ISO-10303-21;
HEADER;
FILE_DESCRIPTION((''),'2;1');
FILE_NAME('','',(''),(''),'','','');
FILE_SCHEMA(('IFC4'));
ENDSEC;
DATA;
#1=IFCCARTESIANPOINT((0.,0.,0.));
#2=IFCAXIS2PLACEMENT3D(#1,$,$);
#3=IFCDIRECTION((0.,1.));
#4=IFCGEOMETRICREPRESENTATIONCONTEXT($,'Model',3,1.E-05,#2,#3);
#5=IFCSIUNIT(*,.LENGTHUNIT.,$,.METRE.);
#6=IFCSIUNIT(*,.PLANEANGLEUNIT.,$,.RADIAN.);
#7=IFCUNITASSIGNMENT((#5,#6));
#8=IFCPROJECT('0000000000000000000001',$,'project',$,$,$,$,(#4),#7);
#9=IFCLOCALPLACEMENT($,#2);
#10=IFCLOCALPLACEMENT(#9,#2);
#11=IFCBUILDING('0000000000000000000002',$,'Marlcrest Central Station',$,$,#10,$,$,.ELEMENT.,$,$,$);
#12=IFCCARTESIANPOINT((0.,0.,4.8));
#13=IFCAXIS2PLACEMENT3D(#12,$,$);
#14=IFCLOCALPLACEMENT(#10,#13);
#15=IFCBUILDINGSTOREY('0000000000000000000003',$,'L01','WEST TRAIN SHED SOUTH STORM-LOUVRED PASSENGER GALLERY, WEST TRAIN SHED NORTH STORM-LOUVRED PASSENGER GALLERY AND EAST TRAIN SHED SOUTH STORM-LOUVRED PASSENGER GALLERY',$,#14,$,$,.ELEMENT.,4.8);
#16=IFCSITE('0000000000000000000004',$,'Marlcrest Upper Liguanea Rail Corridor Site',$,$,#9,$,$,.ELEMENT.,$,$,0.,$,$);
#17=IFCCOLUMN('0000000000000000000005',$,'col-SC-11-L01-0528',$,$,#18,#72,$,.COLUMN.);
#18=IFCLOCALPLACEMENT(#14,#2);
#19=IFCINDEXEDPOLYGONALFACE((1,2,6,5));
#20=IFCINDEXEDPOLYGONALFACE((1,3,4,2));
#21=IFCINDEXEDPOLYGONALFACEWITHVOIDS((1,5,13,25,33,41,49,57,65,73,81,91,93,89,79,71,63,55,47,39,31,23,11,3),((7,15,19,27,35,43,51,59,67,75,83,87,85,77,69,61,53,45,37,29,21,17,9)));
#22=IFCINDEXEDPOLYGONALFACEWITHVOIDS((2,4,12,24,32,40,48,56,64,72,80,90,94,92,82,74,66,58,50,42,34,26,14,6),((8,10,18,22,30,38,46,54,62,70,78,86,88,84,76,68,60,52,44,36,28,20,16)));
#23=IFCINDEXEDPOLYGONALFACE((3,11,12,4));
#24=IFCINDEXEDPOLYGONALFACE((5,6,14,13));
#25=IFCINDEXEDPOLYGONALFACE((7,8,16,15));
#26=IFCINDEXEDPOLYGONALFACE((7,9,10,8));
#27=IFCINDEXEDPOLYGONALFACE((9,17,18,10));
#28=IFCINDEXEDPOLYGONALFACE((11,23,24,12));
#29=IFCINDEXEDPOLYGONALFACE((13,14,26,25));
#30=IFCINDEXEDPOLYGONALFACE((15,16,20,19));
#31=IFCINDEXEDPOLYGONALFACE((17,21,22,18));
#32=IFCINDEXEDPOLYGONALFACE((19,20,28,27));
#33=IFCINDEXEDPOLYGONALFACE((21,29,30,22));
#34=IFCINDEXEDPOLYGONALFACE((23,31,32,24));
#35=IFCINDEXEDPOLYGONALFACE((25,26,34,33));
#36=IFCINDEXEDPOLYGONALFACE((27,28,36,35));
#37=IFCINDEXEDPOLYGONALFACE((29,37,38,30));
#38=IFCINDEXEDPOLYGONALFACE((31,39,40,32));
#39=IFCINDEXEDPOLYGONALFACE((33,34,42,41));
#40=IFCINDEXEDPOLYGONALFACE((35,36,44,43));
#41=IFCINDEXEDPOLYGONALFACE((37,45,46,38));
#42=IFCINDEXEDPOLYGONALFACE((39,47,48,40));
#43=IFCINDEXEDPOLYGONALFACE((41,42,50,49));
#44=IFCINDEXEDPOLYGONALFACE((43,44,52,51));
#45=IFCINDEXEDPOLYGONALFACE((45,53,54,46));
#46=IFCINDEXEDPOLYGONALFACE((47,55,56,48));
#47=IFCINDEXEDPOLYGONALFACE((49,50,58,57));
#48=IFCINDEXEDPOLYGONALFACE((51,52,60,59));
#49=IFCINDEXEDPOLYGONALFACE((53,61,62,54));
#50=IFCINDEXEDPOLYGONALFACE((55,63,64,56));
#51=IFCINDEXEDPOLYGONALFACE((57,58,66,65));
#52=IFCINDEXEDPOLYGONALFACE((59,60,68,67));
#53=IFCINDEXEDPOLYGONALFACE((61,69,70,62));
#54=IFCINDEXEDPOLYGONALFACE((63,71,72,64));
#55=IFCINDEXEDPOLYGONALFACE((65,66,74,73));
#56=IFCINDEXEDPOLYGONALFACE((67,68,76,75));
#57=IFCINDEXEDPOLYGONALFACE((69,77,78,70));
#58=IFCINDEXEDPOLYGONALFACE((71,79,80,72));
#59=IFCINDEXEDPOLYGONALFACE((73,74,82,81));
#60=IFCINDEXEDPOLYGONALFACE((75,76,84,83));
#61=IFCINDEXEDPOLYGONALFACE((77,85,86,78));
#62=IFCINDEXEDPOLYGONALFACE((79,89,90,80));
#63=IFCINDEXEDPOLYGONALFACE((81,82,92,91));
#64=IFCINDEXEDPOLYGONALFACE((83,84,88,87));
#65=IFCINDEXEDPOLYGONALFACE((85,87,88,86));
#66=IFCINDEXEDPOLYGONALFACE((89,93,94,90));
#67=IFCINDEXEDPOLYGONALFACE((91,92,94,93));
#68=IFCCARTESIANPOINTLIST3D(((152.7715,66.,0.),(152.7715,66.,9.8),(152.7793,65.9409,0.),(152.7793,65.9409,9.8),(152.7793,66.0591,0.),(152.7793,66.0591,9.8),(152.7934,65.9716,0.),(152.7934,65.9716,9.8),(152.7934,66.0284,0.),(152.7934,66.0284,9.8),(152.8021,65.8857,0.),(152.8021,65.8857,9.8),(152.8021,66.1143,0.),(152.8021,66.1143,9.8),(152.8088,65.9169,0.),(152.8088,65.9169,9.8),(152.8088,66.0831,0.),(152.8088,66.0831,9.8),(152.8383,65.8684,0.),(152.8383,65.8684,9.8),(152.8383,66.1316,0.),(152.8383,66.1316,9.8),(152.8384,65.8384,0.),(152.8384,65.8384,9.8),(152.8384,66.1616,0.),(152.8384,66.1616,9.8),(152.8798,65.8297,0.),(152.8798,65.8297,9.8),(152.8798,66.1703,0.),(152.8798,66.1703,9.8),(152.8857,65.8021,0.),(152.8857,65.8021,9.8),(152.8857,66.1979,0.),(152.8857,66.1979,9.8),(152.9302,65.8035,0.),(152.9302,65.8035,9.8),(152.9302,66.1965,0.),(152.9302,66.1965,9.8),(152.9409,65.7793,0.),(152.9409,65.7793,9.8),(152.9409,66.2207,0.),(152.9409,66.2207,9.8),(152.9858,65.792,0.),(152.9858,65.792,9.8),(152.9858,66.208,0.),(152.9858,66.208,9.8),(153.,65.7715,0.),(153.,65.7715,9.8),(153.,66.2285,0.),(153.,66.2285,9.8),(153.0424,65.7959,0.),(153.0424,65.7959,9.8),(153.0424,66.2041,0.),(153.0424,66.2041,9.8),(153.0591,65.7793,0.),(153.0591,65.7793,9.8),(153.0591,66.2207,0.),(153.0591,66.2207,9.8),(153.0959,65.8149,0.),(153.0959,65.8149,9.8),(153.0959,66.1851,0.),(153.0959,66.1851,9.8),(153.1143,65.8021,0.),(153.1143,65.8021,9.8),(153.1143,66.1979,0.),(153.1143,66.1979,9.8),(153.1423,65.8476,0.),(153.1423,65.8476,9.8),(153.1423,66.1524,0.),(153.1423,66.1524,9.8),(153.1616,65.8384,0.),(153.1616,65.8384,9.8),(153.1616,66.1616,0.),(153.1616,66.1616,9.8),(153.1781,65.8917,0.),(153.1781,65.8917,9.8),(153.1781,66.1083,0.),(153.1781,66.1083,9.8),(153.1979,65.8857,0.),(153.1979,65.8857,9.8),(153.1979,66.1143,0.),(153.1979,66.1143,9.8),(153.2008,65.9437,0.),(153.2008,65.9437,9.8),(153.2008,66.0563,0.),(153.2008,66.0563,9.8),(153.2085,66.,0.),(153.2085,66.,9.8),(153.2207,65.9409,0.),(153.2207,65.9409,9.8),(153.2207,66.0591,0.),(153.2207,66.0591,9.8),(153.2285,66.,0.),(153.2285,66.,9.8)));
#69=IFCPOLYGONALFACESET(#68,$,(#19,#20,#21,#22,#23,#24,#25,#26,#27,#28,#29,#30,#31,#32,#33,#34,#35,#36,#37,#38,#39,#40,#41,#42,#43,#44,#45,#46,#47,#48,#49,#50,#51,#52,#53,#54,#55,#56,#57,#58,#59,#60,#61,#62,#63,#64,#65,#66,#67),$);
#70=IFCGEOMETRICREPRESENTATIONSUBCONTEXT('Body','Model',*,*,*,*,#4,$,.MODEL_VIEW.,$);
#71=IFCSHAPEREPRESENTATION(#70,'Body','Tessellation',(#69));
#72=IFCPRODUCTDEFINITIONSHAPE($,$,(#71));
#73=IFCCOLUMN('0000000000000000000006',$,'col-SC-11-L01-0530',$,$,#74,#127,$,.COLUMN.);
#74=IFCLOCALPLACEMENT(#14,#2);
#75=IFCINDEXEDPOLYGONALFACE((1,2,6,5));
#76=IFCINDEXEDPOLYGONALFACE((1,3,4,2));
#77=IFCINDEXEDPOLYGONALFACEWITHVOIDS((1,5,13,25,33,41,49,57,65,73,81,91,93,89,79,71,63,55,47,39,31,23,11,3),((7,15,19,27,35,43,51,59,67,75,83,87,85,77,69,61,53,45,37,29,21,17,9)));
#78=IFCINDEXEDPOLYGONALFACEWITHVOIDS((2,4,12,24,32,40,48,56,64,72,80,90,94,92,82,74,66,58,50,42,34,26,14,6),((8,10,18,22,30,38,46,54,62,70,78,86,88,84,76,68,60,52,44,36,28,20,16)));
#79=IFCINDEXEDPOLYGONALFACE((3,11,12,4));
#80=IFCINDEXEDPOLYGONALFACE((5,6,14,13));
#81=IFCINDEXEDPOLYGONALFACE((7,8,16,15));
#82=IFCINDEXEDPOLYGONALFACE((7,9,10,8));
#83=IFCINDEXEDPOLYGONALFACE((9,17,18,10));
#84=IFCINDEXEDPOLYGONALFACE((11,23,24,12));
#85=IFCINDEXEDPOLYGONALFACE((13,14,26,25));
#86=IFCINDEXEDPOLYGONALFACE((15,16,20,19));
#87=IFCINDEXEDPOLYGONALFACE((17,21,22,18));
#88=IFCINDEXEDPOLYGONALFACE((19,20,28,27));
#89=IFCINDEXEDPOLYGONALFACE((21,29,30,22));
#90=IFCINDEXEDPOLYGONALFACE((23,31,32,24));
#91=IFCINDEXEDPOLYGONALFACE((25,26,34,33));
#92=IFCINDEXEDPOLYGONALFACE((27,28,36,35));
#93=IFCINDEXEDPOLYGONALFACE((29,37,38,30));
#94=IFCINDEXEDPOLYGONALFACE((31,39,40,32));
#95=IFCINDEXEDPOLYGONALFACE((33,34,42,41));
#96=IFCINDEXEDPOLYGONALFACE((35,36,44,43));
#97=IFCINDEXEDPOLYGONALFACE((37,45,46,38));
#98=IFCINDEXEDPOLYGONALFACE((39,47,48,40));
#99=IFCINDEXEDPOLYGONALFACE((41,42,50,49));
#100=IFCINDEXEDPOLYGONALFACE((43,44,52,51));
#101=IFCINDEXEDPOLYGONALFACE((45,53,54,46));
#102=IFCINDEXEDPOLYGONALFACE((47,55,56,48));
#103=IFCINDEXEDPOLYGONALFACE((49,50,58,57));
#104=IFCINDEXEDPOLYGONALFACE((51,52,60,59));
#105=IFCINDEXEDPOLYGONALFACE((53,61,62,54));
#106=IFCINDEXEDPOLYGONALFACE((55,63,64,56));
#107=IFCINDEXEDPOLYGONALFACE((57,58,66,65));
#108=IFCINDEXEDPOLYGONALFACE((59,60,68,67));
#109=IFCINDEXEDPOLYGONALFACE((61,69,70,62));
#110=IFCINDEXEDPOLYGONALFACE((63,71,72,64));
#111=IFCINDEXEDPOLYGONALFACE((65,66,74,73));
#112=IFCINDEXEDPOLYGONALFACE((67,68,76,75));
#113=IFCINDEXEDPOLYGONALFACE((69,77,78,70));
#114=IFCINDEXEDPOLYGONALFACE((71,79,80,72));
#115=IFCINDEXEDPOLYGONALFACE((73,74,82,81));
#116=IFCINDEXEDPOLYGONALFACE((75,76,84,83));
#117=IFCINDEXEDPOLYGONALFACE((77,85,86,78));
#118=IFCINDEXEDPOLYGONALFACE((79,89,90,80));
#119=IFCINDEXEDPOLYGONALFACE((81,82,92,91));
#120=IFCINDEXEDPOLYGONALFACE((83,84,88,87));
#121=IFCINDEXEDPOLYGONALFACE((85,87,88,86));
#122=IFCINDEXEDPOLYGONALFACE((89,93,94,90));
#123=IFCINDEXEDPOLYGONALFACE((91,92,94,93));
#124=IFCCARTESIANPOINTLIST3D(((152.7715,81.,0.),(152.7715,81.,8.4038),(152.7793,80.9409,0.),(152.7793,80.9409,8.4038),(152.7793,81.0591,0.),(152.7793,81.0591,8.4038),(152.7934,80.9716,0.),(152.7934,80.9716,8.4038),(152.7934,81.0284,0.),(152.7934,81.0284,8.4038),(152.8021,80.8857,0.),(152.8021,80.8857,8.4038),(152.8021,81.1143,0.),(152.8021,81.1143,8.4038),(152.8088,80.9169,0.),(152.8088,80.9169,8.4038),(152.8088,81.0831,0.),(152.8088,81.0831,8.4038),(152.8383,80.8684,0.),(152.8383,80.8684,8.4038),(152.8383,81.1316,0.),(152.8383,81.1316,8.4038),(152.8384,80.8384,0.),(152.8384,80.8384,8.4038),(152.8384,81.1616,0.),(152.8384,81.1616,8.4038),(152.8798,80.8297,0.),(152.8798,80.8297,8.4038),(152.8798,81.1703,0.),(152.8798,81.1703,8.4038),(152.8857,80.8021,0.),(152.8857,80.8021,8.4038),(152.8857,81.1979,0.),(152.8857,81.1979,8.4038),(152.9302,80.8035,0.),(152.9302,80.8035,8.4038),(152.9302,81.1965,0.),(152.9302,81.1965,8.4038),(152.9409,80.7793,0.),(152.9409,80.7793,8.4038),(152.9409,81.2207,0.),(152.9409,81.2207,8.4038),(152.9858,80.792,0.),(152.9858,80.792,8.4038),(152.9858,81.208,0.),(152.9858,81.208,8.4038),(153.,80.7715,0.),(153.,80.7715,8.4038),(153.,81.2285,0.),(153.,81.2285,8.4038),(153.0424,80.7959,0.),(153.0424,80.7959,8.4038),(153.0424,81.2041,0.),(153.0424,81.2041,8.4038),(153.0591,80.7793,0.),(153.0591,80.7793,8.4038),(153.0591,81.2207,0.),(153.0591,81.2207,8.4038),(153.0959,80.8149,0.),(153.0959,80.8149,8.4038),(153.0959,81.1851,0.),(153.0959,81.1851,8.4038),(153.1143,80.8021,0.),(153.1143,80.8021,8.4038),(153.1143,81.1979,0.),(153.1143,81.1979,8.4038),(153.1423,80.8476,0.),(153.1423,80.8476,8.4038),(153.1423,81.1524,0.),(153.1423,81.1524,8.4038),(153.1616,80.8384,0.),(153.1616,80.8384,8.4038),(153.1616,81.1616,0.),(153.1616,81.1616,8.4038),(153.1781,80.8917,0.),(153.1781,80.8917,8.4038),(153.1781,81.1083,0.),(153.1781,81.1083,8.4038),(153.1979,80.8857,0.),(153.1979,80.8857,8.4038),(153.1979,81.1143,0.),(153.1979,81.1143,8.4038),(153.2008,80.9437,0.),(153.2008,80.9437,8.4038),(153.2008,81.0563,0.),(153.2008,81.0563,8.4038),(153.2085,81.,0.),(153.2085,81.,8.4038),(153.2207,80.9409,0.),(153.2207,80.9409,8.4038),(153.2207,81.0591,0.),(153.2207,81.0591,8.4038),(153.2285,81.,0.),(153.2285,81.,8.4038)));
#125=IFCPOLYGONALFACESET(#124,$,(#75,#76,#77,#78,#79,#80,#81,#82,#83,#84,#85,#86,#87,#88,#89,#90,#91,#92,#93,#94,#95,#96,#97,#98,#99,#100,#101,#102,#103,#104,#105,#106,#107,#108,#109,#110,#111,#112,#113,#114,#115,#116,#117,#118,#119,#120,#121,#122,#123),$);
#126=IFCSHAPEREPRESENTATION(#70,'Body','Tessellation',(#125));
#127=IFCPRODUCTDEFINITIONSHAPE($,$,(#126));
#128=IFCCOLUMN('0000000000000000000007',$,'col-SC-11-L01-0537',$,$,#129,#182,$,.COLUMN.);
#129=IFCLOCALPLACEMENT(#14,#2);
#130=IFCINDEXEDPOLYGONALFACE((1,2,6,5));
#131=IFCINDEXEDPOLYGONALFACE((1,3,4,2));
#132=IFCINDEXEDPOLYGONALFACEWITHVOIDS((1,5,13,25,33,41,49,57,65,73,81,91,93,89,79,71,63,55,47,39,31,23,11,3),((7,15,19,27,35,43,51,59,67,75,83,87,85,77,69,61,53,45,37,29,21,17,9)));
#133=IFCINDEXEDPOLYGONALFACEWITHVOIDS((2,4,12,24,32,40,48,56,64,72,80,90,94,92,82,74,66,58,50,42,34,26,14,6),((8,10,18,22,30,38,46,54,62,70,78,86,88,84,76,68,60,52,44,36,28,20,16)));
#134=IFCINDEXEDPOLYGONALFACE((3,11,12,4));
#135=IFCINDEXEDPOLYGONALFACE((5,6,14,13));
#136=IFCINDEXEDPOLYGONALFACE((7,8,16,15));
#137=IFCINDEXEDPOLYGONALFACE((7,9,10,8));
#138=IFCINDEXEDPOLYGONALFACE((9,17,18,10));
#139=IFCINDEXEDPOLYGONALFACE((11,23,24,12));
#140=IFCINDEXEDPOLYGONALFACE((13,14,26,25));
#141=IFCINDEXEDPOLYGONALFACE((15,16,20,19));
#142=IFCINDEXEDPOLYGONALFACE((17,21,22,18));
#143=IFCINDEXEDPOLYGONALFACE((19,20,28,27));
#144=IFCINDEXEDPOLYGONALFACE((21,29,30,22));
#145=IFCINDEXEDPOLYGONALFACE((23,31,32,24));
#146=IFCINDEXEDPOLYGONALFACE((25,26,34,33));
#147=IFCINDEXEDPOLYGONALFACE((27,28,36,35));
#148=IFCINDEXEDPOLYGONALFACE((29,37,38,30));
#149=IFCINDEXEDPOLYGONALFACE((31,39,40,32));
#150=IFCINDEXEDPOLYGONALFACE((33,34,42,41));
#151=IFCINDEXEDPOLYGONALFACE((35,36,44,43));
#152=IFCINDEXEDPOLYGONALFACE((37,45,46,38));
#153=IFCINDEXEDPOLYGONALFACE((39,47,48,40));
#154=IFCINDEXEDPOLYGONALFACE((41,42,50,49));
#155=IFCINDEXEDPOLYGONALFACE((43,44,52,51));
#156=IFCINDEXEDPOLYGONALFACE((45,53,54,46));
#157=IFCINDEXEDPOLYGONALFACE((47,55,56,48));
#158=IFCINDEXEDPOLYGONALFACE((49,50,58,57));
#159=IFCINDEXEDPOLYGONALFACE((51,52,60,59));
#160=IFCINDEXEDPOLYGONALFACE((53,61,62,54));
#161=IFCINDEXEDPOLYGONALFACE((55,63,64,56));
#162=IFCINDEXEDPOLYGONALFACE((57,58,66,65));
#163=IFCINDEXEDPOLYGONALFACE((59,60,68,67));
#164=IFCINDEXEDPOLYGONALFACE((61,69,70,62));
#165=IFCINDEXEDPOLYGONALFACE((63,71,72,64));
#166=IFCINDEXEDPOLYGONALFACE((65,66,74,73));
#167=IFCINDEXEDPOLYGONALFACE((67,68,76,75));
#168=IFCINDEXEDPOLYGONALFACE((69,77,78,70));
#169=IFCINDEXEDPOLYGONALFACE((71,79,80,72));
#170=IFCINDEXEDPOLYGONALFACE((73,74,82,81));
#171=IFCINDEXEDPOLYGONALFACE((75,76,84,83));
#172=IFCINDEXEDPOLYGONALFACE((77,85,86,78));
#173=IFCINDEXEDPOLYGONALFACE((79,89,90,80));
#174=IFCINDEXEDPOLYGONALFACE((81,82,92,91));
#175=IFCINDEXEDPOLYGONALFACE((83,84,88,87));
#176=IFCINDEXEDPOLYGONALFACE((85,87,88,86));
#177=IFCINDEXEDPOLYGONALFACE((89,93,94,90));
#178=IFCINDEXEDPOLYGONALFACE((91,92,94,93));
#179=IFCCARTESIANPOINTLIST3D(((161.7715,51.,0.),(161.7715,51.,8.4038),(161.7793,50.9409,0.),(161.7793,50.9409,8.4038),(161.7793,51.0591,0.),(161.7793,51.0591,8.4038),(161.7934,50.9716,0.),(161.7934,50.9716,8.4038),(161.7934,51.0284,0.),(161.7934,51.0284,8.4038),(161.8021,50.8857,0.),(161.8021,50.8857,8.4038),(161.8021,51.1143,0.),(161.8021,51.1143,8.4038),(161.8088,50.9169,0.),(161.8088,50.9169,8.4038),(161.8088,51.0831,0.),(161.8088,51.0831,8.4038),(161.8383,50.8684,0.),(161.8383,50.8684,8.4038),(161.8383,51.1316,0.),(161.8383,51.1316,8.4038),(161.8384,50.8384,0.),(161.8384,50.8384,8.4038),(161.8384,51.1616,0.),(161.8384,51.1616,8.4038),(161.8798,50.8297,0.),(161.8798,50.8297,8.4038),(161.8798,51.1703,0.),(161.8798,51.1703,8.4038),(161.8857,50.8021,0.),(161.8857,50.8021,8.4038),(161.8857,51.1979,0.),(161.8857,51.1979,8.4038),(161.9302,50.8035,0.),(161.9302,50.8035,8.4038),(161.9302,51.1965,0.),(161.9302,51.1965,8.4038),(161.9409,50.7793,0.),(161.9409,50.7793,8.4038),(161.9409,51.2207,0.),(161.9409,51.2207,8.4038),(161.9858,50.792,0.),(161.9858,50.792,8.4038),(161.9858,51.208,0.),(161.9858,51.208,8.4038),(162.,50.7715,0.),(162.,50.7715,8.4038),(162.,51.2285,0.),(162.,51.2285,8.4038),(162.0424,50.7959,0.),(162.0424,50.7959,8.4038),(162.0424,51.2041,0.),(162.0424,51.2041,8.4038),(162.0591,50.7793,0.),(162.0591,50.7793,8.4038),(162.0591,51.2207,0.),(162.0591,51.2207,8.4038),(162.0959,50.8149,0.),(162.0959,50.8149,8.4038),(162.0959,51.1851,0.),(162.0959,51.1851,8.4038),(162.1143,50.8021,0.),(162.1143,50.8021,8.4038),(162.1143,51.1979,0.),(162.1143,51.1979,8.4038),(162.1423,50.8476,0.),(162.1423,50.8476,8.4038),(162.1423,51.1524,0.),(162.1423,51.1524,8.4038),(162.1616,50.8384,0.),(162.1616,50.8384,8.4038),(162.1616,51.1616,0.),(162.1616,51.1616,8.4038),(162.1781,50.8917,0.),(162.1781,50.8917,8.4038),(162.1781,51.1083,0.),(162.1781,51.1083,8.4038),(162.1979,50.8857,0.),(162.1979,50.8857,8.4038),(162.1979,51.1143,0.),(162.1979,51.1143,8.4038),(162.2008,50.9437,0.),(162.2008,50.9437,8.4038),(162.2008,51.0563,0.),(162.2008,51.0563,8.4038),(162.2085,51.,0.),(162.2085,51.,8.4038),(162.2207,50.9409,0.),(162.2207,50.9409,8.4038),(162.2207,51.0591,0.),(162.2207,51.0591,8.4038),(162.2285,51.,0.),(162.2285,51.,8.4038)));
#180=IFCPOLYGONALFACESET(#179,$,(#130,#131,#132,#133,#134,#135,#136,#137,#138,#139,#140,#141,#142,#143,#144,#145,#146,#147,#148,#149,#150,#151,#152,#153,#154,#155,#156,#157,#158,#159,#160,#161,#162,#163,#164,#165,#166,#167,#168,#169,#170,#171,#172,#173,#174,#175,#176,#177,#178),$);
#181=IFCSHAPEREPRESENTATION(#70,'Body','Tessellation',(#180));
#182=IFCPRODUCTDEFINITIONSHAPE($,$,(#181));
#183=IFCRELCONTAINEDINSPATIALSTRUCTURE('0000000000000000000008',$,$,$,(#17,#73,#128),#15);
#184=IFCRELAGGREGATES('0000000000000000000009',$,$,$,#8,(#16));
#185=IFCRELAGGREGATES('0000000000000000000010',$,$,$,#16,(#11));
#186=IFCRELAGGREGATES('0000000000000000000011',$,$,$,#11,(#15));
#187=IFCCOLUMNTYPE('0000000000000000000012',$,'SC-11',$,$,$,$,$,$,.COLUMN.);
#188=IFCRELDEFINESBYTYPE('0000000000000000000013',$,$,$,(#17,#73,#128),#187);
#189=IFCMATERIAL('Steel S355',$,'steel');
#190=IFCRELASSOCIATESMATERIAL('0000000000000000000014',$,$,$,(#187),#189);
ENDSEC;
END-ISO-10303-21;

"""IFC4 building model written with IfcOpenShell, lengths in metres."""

from ifc_helpers import new_model, si_unit, direction, frame, origin, origin_2d, place, context, subcontext, project, spatial, hollow_circle, extrude, material, material_profile, profile_set, type_object, element, save


model = new_model("IFC4")

# Units and contexts
model_context = context("Model", 3, precision=1e-05, world=origin(), true_north=direction((0.0, 1.0)))
body_context = subcontext(model_context, "Body", "Model", "MODEL_VIEW")
ifc_project = project(units=[si_unit("LENGTHUNIT", "METRE"), si_unit("PLANEANGLEUNIT", "RADIAN")], contexts=[model_context])

# Site, building, storey
site_placement = place(None, origin())
site = spatial("IfcSite", under=ifc_project, at=site_placement, Name="Marlcrest Upper Liguanea Rail Corridor Site", CompositionType="ELEMENT", RefElevation=0.0)
building_placement = place(site_placement, origin())
building = spatial("IfcBuilding", under=site, at=building_placement, Name="Marlcrest Central Station", CompositionType="ELEMENT")
storey_placement = place(building_placement, frame((0.0, 0.0, 4.8)))
storey = spatial("IfcBuildingStorey", under=building, at=storey_placement, Name="L01", Description="WEST TRAIN SHED SOUTH STORM-LOUVRED PASSENGER GALLERY, WEST TRAIN SHED NORTH STORM-LOUVRED PASSENGER GALLERY AND EAST TRAIN SHED SOUTH STORM-LOUVRED PASSENGER GALLERY", CompositionType="ELEMENT", Elevation=4.8)

# Columns
ifc_material = material(Name="Steel S355", Category="steel")
ifc_material_profile = material_profile(ifc_material, hollow_circle(Radius=0.2285, WallThickness=0.02, at=origin_2d()), Name="CHS 457x20")
ifc_profile_set = profile_set([ifc_material_profile], Name="Steel S355")
column_type = type_object("IfcColumnType", Name="SC-11", PredefinedType="COLUMN", material=ifc_profile_set)
column_1_placement = place(storey_placement, frame((153.0, 66.0, 0.0), z_axis=(0.0, 0.0, 1.0), x_axis=(1.0, 0.0, 0.0)))
element("IfcColumn", 1, at=column_1_placement, inside=storey, type_object=column_type, Name="col-SC-11-L01-0528", PredefinedType="COLUMN", context=body_context, shape_type="SweptSolid", body=[
    extrude(hollow_circle(Radius=0.2285, WallThickness=0.02, at=origin_2d()), origin(), (0.0, 0.0, 1.0), 9.8),
])
for number, where, z_axis, x_axis, name in (
    (2, (153.0, 81.0, 0.0), (0.0, 0.0, 1.0), (1.0, 0.0, 0.0), "col-SC-11-L01-0530"),
    (3, (162.0, 51.0, 0.0), (0.0, 0.0, 1.0), (1.0, 0.0, 0.0), "col-SC-11-L01-0537"),
):
    element("IfcColumn", number, at=place(storey_placement, frame(where, z_axis=z_axis, x_axis=x_axis)), inside=storey, type_object=column_type, Name=name, PredefinedType="COLUMN", context=body_context, shape_type="SweptSolid", body=[
        extrude(hollow_circle(Radius=0.2285, WallThickness=0.02, at=origin_2d()), origin(), (0.0, 0.0, 1.0), 8.4038),
    ])

save(model, "model.ifc")
